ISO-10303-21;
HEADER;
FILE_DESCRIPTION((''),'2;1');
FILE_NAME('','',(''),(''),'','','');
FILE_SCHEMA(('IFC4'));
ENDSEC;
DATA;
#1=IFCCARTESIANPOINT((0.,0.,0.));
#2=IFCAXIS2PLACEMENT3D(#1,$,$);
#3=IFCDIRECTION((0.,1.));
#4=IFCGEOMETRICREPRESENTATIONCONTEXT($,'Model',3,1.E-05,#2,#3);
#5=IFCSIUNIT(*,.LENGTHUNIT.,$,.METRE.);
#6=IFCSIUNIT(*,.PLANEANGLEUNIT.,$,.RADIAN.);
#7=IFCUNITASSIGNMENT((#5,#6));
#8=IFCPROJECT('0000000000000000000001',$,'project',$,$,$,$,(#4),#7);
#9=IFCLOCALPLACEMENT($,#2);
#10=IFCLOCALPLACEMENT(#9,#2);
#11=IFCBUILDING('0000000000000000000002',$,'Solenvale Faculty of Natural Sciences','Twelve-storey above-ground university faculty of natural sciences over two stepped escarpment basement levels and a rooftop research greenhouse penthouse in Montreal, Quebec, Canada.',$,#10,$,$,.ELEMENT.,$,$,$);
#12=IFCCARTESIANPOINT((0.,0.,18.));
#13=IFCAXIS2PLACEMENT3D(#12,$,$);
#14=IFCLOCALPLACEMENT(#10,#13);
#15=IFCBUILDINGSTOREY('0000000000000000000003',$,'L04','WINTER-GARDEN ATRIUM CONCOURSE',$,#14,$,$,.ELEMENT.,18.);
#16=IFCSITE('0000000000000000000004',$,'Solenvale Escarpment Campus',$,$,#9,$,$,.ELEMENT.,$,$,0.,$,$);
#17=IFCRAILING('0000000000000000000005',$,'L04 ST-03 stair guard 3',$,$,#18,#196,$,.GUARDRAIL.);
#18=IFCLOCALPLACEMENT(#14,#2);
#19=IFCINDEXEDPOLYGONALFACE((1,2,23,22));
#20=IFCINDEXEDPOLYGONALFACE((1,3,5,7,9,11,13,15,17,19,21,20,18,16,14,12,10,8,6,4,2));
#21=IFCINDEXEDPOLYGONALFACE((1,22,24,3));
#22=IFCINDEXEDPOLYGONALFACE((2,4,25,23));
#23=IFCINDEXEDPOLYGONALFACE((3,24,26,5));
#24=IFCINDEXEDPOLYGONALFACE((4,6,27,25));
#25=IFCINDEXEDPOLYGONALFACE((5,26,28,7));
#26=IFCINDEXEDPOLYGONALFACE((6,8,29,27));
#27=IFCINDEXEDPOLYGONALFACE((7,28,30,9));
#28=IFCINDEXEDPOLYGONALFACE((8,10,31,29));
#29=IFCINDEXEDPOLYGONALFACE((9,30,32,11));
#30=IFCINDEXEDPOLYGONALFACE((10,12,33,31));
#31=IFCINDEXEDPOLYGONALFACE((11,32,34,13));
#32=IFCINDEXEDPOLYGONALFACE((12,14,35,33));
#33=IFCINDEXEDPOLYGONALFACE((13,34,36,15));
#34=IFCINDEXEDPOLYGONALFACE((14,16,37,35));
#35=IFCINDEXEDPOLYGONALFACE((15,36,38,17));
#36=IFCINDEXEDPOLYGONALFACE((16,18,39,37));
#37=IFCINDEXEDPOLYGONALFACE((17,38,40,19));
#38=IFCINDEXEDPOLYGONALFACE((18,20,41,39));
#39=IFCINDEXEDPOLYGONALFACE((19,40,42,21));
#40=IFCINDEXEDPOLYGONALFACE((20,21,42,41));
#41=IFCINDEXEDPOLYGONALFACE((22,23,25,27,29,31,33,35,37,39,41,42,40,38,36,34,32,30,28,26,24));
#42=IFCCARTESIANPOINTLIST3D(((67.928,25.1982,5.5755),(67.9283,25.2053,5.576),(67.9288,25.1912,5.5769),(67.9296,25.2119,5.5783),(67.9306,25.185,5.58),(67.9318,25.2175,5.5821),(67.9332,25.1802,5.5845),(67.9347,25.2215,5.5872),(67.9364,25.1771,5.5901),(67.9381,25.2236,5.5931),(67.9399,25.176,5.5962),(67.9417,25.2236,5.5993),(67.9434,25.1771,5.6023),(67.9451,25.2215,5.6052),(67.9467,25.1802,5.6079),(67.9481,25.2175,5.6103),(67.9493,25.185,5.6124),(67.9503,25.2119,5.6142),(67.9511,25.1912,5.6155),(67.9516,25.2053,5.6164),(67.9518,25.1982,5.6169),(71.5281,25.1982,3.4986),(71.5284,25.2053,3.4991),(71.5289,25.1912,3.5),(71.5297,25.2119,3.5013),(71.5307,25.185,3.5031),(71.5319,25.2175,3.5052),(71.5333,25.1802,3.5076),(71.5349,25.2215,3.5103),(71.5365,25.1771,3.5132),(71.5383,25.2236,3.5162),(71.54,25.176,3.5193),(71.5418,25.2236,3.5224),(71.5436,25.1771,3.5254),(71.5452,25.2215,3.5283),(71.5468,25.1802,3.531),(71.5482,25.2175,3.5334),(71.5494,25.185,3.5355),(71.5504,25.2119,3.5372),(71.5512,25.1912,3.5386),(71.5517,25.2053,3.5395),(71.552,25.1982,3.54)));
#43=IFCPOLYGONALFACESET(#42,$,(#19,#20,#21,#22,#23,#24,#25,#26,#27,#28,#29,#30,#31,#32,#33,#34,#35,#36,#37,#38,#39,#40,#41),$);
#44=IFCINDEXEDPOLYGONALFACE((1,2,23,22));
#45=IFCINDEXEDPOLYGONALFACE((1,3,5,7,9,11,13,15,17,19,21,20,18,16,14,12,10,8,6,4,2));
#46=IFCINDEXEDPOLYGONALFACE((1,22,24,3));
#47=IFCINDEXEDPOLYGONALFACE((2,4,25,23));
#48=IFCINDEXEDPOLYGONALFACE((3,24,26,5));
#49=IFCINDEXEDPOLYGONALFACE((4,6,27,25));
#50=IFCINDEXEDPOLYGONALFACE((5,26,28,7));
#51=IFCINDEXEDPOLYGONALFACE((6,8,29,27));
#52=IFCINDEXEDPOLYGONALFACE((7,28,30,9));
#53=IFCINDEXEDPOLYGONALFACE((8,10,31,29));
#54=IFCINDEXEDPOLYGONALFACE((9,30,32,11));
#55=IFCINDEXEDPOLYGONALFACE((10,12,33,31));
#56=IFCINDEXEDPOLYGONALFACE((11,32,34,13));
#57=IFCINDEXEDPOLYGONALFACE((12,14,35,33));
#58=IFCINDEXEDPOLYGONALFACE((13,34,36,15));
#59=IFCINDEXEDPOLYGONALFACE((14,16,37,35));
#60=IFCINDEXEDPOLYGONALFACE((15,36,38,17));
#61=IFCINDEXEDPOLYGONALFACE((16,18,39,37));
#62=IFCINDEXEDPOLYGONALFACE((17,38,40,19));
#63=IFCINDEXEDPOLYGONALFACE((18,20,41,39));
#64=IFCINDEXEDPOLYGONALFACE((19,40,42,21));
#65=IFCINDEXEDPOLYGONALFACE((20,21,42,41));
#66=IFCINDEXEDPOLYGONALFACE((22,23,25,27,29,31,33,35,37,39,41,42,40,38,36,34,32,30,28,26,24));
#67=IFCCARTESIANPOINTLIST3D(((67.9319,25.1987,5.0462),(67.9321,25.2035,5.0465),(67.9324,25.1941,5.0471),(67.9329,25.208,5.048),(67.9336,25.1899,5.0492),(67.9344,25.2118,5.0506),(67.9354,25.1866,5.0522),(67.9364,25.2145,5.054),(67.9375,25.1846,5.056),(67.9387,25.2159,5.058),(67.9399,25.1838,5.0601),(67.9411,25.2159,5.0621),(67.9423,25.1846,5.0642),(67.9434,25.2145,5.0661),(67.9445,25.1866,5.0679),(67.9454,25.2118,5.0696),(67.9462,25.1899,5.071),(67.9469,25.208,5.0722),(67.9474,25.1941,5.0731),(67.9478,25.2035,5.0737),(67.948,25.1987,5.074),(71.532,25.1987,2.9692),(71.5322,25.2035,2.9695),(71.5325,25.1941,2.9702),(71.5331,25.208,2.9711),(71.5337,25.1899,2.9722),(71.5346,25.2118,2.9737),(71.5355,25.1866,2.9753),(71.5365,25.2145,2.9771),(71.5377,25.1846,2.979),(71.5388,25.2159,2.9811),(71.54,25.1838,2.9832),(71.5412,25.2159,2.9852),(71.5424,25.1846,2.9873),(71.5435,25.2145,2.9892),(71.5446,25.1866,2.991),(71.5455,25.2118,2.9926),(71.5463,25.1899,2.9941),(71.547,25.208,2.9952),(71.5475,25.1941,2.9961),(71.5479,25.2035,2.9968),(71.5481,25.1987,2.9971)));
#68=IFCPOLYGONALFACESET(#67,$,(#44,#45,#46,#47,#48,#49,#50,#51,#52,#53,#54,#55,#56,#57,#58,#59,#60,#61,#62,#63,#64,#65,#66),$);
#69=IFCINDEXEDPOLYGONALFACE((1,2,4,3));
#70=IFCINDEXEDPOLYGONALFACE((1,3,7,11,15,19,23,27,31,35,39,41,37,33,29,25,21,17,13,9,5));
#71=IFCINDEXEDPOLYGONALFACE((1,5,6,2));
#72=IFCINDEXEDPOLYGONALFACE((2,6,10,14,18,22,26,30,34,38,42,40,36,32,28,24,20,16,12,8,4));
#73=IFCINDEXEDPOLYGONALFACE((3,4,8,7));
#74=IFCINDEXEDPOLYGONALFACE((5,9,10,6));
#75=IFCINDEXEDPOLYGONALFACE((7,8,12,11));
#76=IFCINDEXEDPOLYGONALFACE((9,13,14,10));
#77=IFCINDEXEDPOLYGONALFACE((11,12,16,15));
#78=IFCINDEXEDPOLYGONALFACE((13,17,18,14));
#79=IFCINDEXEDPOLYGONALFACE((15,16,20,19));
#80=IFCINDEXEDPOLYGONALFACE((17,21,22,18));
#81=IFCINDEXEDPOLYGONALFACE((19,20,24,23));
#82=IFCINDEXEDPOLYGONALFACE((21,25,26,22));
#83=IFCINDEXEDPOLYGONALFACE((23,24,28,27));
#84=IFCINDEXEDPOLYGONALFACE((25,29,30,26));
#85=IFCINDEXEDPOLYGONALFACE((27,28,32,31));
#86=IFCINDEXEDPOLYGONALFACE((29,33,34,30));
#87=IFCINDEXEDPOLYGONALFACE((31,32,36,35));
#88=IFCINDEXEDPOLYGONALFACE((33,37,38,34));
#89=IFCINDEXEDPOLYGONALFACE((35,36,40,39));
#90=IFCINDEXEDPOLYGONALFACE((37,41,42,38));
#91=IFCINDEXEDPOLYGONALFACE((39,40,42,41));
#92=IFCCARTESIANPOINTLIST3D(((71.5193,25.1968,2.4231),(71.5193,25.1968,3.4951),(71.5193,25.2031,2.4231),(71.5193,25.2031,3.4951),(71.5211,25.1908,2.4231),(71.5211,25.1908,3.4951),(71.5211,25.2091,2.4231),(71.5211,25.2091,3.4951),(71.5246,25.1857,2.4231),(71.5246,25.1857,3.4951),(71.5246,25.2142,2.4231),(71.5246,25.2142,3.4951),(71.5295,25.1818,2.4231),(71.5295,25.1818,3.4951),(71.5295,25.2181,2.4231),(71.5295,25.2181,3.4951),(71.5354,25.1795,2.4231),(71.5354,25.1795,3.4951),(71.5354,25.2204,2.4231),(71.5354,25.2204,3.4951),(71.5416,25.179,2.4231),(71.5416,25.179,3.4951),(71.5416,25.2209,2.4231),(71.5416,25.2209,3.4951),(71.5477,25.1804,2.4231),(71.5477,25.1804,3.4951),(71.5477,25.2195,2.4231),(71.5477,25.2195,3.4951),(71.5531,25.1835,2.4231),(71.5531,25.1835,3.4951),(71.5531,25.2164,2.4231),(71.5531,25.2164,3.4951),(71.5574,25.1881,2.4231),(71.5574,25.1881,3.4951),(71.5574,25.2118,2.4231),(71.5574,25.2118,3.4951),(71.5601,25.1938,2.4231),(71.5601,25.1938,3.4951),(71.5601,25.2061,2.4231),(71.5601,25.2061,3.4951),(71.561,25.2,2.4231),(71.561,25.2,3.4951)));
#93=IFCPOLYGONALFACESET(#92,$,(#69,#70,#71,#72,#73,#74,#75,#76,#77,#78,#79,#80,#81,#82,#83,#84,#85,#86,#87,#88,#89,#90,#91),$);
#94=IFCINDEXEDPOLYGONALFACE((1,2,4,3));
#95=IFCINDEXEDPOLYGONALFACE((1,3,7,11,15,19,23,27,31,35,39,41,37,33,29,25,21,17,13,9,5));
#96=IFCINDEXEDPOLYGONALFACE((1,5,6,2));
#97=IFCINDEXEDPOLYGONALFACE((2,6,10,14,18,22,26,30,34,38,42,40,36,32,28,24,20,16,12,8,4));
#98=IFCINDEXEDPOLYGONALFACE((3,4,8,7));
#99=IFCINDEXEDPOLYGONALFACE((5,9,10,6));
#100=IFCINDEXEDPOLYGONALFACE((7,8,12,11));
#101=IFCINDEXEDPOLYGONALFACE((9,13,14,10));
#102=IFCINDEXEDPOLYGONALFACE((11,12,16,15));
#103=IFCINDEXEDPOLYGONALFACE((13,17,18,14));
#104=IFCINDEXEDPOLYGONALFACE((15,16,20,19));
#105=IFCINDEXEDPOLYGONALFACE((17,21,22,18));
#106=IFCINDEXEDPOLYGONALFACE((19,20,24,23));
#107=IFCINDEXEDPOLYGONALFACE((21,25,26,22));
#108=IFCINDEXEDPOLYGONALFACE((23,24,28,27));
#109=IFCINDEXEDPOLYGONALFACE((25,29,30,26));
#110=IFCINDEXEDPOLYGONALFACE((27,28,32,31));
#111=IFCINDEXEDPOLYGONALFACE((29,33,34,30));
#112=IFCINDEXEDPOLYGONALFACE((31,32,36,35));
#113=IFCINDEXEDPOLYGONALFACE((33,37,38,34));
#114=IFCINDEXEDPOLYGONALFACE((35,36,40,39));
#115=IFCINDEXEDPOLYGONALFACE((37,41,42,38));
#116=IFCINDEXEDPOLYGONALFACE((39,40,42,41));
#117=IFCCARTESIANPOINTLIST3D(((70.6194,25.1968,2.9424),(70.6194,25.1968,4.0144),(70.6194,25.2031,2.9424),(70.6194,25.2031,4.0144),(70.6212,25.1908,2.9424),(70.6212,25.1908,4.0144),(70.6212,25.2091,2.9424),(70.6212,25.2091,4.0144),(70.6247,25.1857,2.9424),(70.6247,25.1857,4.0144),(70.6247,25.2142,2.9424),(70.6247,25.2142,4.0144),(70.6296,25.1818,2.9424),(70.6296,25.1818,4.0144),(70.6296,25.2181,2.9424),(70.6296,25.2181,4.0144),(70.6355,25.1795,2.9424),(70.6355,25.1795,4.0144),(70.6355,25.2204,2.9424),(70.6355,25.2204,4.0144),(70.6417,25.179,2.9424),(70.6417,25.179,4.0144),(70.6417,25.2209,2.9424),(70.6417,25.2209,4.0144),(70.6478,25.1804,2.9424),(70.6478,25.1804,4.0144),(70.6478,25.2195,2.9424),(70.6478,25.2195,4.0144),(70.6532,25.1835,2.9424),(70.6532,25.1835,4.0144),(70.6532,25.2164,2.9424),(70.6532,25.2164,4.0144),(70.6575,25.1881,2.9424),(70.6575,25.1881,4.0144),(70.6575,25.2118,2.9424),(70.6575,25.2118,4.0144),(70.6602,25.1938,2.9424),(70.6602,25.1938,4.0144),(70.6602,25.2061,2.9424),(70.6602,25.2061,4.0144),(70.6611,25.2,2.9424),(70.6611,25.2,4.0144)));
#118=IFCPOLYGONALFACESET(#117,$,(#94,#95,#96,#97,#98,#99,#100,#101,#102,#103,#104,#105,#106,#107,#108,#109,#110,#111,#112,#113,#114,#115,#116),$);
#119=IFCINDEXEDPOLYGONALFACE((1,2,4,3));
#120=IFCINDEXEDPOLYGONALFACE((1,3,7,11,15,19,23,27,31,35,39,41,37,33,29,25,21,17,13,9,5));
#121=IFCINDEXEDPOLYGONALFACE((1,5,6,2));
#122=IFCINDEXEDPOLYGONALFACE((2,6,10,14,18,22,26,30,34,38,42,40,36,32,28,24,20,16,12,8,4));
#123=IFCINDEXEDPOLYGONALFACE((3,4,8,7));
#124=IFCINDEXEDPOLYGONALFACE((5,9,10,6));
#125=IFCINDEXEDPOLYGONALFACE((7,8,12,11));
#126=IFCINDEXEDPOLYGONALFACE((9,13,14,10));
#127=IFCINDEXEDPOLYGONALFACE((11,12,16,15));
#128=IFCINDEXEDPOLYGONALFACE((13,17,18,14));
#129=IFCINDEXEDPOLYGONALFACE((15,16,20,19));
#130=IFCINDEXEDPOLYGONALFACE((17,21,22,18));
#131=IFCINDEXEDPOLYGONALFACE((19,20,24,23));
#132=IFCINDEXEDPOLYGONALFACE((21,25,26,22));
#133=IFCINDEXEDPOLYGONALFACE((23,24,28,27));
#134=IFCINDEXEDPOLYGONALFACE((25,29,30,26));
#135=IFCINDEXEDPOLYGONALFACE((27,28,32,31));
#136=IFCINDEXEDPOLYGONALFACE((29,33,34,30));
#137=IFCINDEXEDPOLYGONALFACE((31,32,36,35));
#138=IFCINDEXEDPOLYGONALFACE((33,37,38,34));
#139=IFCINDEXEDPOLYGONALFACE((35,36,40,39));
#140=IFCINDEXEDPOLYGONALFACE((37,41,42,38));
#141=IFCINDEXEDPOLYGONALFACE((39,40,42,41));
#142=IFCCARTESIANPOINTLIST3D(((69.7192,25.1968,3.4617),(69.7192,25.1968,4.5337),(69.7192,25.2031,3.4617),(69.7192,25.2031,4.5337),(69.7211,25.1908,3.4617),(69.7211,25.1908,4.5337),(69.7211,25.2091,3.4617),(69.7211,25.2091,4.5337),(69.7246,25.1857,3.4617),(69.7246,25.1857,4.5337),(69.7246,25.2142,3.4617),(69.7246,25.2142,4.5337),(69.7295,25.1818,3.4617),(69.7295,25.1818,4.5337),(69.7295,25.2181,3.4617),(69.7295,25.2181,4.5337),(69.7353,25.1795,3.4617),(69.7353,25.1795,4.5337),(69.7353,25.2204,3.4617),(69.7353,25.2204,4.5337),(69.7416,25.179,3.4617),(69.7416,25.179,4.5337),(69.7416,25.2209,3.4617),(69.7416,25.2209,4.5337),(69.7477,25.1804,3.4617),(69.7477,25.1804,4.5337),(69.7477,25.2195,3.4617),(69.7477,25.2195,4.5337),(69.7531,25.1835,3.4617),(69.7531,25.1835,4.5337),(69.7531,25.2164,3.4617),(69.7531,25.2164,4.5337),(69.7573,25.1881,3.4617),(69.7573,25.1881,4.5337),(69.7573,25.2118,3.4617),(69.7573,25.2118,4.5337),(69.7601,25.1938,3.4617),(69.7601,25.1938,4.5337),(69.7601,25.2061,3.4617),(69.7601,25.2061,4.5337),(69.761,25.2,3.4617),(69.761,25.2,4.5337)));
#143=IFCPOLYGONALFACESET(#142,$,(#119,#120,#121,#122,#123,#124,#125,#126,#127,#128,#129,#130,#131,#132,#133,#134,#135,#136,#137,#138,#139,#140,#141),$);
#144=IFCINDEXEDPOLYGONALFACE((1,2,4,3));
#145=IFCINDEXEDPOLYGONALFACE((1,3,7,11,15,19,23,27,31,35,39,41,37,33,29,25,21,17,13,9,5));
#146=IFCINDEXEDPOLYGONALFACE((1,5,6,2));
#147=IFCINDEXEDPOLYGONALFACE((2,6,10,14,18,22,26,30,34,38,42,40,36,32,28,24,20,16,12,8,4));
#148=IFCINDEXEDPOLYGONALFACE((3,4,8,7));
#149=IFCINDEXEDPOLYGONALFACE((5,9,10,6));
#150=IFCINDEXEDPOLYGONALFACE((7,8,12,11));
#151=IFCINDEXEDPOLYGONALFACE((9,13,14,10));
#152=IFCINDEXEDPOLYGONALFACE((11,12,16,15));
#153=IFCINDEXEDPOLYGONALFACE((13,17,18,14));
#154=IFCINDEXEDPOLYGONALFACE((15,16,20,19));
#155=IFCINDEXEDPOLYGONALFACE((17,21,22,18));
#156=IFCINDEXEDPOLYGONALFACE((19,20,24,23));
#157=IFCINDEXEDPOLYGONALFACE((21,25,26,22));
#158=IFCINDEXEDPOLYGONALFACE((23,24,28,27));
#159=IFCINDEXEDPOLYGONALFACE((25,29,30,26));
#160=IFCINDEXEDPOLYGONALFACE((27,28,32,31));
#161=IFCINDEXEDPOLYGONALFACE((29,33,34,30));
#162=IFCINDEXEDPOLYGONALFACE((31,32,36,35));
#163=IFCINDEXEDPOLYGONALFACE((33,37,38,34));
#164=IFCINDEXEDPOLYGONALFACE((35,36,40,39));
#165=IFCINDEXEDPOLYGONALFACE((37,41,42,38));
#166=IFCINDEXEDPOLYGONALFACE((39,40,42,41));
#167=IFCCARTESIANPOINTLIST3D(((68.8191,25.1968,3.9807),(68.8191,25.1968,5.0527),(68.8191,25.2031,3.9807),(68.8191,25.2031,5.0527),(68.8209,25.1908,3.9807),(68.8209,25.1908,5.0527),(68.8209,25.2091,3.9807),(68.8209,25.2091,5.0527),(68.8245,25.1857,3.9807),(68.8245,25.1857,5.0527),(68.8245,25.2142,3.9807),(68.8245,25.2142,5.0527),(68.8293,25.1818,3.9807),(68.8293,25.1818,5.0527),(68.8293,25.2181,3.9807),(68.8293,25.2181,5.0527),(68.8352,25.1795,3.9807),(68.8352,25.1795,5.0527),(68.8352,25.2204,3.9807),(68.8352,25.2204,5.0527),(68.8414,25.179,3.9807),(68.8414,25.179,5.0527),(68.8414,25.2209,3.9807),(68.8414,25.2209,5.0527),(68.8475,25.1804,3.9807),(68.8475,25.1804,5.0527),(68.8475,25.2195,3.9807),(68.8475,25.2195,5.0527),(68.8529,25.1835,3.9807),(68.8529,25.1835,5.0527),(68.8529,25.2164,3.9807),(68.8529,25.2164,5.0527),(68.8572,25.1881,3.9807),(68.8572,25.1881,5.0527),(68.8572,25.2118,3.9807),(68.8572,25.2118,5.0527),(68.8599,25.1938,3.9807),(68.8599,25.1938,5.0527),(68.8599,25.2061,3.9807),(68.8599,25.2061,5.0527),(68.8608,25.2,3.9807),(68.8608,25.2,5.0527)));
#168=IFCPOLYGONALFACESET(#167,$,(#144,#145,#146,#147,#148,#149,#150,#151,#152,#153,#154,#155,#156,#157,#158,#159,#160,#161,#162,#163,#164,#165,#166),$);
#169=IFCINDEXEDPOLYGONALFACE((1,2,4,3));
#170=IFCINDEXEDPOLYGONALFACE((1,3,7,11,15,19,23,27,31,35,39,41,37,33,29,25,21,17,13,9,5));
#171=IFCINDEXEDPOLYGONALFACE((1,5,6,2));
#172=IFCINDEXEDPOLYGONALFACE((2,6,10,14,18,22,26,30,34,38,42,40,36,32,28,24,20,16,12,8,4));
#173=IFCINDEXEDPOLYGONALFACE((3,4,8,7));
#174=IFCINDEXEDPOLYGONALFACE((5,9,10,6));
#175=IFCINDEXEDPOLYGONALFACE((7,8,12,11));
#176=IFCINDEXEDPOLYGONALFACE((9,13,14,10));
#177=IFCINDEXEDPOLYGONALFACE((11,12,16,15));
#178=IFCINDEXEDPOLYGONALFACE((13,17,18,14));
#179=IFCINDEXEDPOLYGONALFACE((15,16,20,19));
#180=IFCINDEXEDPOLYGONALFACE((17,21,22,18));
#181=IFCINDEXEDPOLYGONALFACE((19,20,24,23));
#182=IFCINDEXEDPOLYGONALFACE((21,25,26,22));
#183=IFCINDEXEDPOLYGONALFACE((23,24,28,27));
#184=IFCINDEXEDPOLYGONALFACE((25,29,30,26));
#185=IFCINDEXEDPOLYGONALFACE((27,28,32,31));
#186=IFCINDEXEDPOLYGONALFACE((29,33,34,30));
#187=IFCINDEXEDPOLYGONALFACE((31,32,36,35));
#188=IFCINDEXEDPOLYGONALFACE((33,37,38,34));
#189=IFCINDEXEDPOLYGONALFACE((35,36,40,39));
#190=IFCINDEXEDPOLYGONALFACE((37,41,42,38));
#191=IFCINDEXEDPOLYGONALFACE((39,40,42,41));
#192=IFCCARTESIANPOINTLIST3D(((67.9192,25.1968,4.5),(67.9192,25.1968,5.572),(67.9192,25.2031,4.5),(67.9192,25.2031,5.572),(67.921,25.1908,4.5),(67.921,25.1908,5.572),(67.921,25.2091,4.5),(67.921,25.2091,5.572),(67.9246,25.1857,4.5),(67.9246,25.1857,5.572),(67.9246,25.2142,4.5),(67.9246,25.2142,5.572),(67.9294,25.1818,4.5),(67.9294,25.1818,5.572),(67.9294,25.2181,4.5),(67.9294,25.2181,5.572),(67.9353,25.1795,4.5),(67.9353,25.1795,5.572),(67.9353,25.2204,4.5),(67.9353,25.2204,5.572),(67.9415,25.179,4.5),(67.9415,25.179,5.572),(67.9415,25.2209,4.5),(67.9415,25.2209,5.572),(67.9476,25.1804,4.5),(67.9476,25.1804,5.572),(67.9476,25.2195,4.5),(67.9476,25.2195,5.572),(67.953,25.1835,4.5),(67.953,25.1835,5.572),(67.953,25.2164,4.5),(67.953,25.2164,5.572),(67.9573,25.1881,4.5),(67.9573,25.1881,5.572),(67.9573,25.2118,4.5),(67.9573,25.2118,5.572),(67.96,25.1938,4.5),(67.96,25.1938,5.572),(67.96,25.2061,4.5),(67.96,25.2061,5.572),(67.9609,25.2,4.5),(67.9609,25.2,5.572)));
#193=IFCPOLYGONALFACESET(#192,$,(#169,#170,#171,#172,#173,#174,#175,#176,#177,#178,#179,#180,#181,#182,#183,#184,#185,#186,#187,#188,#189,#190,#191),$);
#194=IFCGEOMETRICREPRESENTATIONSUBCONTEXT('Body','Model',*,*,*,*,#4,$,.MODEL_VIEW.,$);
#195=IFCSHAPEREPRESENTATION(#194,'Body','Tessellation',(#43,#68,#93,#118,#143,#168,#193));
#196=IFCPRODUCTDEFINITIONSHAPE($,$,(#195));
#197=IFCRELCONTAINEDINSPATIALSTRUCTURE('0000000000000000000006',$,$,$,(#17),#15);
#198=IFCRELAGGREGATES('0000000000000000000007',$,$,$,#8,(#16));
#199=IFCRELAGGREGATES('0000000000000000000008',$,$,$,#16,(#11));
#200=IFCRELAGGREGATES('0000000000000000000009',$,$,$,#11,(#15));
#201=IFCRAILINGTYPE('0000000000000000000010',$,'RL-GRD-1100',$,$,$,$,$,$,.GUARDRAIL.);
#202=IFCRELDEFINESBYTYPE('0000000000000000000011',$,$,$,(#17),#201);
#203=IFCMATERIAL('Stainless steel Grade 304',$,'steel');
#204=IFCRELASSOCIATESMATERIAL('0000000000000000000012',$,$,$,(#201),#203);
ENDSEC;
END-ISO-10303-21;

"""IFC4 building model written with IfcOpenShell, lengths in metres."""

from ifc_helpers import new_model, si_unit, direction, frame, origin, origin_2d, place, context, subcontext, project, spatial, circle, extrude, material, type_object, element, save


model = new_model("IFC4")

# Units and contexts
model_context = context("Model", 3, precision=1e-05, world=origin(), true_north=direction((0.0, 1.0)))
body_context = subcontext(model_context, "Body", "Model", "MODEL_VIEW")
ifc_project = project(units=[si_unit("LENGTHUNIT", "METRE"), si_unit("PLANEANGLEUNIT", "RADIAN")], contexts=[model_context])

# Site, building, storey
site_placement = place(None, origin())
site = spatial("IfcSite", under=ifc_project, at=site_placement, Name="Solenvale Escarpment Campus", CompositionType="ELEMENT", RefElevation=0.0)
building_placement = place(site_placement, origin())
building = spatial("IfcBuilding", under=site, at=building_placement, Name="Solenvale Faculty of Natural Sciences", Description="Twelve-storey above-ground university faculty of natural sciences over two stepped escarpment basement levels and a rooftop research greenhouse penthouse in Montreal, Quebec, Canada.", CompositionType="ELEMENT")
storey_placement = place(building_placement, frame((0.0, 0.0, 18.0)))
storey = spatial("IfcBuildingStorey", under=building, at=storey_placement, Name="L04", Description="WINTER-GARDEN ATRIUM CONCOURSE", CompositionType="ELEMENT", Elevation=18.0)

# Shared definitions
ifc_material_1 = material(Name="Stainless steel Grade 304", Category="steel")

# Railing
railing_type_1 = type_object("IfcRailingType", Name="RL-GRD-1100", PredefinedType="GUARDRAIL", material=ifc_material_1)
railing_1_placement = place(storey_placement, frame((71.54, 25.2, 2.4231)))
element("IfcRailing", 1, at=railing_1_placement, inside=storey, type_object=railing_type_1, Name="L04 ST-03 stair guard 3", PredefinedType="GUARDRAIL", context=body_context, shape_type="SweptSolid", body=[
    extrude(circle(Radius=0.0239, at=origin_2d()), frame((0.0, 0.0, 1.0962), z_axis=(-0.866193, 0.0, 0.499709), x_axis=(0.0, -1.0, 0.0)), (0.0, 0.0, 1.0), 4.1562),
    extrude(circle(Radius=0.0161, at=origin_2d()), frame((0.0, 0.0, 0.5601), z_axis=(-0.866193, 0.0, 0.499709), x_axis=(0.0, -1.0, 0.0)), (0.0, 0.0, 1.0), 4.1562),
    extrude(circle(Radius=0.021, at=origin_2d()), origin(), (0.0, 0.0, 1.0), 1.072),
    extrude(circle(Radius=0.021, at=origin_2d()), frame((-0.8999, 0.0, 0.5193)), (0.0, 0.0, 1.0), 1.072),
    extrude(circle(Radius=0.021, at=origin_2d()), frame((-1.8, 0.0, 1.0386)), (0.0, 0.0, 1.0), 1.072),
    extrude(circle(Radius=0.021, at=origin_2d()), frame((-2.7002, 0.0, 1.5576)), (0.0, 0.0, 1.0), 1.072),
    extrude(circle(Radius=0.021, at=origin_2d()), frame((-3.6001, 0.0, 2.0769)), (0.0, 0.0, 1.0), 1.072),
])

save(model, "model.ifc")
